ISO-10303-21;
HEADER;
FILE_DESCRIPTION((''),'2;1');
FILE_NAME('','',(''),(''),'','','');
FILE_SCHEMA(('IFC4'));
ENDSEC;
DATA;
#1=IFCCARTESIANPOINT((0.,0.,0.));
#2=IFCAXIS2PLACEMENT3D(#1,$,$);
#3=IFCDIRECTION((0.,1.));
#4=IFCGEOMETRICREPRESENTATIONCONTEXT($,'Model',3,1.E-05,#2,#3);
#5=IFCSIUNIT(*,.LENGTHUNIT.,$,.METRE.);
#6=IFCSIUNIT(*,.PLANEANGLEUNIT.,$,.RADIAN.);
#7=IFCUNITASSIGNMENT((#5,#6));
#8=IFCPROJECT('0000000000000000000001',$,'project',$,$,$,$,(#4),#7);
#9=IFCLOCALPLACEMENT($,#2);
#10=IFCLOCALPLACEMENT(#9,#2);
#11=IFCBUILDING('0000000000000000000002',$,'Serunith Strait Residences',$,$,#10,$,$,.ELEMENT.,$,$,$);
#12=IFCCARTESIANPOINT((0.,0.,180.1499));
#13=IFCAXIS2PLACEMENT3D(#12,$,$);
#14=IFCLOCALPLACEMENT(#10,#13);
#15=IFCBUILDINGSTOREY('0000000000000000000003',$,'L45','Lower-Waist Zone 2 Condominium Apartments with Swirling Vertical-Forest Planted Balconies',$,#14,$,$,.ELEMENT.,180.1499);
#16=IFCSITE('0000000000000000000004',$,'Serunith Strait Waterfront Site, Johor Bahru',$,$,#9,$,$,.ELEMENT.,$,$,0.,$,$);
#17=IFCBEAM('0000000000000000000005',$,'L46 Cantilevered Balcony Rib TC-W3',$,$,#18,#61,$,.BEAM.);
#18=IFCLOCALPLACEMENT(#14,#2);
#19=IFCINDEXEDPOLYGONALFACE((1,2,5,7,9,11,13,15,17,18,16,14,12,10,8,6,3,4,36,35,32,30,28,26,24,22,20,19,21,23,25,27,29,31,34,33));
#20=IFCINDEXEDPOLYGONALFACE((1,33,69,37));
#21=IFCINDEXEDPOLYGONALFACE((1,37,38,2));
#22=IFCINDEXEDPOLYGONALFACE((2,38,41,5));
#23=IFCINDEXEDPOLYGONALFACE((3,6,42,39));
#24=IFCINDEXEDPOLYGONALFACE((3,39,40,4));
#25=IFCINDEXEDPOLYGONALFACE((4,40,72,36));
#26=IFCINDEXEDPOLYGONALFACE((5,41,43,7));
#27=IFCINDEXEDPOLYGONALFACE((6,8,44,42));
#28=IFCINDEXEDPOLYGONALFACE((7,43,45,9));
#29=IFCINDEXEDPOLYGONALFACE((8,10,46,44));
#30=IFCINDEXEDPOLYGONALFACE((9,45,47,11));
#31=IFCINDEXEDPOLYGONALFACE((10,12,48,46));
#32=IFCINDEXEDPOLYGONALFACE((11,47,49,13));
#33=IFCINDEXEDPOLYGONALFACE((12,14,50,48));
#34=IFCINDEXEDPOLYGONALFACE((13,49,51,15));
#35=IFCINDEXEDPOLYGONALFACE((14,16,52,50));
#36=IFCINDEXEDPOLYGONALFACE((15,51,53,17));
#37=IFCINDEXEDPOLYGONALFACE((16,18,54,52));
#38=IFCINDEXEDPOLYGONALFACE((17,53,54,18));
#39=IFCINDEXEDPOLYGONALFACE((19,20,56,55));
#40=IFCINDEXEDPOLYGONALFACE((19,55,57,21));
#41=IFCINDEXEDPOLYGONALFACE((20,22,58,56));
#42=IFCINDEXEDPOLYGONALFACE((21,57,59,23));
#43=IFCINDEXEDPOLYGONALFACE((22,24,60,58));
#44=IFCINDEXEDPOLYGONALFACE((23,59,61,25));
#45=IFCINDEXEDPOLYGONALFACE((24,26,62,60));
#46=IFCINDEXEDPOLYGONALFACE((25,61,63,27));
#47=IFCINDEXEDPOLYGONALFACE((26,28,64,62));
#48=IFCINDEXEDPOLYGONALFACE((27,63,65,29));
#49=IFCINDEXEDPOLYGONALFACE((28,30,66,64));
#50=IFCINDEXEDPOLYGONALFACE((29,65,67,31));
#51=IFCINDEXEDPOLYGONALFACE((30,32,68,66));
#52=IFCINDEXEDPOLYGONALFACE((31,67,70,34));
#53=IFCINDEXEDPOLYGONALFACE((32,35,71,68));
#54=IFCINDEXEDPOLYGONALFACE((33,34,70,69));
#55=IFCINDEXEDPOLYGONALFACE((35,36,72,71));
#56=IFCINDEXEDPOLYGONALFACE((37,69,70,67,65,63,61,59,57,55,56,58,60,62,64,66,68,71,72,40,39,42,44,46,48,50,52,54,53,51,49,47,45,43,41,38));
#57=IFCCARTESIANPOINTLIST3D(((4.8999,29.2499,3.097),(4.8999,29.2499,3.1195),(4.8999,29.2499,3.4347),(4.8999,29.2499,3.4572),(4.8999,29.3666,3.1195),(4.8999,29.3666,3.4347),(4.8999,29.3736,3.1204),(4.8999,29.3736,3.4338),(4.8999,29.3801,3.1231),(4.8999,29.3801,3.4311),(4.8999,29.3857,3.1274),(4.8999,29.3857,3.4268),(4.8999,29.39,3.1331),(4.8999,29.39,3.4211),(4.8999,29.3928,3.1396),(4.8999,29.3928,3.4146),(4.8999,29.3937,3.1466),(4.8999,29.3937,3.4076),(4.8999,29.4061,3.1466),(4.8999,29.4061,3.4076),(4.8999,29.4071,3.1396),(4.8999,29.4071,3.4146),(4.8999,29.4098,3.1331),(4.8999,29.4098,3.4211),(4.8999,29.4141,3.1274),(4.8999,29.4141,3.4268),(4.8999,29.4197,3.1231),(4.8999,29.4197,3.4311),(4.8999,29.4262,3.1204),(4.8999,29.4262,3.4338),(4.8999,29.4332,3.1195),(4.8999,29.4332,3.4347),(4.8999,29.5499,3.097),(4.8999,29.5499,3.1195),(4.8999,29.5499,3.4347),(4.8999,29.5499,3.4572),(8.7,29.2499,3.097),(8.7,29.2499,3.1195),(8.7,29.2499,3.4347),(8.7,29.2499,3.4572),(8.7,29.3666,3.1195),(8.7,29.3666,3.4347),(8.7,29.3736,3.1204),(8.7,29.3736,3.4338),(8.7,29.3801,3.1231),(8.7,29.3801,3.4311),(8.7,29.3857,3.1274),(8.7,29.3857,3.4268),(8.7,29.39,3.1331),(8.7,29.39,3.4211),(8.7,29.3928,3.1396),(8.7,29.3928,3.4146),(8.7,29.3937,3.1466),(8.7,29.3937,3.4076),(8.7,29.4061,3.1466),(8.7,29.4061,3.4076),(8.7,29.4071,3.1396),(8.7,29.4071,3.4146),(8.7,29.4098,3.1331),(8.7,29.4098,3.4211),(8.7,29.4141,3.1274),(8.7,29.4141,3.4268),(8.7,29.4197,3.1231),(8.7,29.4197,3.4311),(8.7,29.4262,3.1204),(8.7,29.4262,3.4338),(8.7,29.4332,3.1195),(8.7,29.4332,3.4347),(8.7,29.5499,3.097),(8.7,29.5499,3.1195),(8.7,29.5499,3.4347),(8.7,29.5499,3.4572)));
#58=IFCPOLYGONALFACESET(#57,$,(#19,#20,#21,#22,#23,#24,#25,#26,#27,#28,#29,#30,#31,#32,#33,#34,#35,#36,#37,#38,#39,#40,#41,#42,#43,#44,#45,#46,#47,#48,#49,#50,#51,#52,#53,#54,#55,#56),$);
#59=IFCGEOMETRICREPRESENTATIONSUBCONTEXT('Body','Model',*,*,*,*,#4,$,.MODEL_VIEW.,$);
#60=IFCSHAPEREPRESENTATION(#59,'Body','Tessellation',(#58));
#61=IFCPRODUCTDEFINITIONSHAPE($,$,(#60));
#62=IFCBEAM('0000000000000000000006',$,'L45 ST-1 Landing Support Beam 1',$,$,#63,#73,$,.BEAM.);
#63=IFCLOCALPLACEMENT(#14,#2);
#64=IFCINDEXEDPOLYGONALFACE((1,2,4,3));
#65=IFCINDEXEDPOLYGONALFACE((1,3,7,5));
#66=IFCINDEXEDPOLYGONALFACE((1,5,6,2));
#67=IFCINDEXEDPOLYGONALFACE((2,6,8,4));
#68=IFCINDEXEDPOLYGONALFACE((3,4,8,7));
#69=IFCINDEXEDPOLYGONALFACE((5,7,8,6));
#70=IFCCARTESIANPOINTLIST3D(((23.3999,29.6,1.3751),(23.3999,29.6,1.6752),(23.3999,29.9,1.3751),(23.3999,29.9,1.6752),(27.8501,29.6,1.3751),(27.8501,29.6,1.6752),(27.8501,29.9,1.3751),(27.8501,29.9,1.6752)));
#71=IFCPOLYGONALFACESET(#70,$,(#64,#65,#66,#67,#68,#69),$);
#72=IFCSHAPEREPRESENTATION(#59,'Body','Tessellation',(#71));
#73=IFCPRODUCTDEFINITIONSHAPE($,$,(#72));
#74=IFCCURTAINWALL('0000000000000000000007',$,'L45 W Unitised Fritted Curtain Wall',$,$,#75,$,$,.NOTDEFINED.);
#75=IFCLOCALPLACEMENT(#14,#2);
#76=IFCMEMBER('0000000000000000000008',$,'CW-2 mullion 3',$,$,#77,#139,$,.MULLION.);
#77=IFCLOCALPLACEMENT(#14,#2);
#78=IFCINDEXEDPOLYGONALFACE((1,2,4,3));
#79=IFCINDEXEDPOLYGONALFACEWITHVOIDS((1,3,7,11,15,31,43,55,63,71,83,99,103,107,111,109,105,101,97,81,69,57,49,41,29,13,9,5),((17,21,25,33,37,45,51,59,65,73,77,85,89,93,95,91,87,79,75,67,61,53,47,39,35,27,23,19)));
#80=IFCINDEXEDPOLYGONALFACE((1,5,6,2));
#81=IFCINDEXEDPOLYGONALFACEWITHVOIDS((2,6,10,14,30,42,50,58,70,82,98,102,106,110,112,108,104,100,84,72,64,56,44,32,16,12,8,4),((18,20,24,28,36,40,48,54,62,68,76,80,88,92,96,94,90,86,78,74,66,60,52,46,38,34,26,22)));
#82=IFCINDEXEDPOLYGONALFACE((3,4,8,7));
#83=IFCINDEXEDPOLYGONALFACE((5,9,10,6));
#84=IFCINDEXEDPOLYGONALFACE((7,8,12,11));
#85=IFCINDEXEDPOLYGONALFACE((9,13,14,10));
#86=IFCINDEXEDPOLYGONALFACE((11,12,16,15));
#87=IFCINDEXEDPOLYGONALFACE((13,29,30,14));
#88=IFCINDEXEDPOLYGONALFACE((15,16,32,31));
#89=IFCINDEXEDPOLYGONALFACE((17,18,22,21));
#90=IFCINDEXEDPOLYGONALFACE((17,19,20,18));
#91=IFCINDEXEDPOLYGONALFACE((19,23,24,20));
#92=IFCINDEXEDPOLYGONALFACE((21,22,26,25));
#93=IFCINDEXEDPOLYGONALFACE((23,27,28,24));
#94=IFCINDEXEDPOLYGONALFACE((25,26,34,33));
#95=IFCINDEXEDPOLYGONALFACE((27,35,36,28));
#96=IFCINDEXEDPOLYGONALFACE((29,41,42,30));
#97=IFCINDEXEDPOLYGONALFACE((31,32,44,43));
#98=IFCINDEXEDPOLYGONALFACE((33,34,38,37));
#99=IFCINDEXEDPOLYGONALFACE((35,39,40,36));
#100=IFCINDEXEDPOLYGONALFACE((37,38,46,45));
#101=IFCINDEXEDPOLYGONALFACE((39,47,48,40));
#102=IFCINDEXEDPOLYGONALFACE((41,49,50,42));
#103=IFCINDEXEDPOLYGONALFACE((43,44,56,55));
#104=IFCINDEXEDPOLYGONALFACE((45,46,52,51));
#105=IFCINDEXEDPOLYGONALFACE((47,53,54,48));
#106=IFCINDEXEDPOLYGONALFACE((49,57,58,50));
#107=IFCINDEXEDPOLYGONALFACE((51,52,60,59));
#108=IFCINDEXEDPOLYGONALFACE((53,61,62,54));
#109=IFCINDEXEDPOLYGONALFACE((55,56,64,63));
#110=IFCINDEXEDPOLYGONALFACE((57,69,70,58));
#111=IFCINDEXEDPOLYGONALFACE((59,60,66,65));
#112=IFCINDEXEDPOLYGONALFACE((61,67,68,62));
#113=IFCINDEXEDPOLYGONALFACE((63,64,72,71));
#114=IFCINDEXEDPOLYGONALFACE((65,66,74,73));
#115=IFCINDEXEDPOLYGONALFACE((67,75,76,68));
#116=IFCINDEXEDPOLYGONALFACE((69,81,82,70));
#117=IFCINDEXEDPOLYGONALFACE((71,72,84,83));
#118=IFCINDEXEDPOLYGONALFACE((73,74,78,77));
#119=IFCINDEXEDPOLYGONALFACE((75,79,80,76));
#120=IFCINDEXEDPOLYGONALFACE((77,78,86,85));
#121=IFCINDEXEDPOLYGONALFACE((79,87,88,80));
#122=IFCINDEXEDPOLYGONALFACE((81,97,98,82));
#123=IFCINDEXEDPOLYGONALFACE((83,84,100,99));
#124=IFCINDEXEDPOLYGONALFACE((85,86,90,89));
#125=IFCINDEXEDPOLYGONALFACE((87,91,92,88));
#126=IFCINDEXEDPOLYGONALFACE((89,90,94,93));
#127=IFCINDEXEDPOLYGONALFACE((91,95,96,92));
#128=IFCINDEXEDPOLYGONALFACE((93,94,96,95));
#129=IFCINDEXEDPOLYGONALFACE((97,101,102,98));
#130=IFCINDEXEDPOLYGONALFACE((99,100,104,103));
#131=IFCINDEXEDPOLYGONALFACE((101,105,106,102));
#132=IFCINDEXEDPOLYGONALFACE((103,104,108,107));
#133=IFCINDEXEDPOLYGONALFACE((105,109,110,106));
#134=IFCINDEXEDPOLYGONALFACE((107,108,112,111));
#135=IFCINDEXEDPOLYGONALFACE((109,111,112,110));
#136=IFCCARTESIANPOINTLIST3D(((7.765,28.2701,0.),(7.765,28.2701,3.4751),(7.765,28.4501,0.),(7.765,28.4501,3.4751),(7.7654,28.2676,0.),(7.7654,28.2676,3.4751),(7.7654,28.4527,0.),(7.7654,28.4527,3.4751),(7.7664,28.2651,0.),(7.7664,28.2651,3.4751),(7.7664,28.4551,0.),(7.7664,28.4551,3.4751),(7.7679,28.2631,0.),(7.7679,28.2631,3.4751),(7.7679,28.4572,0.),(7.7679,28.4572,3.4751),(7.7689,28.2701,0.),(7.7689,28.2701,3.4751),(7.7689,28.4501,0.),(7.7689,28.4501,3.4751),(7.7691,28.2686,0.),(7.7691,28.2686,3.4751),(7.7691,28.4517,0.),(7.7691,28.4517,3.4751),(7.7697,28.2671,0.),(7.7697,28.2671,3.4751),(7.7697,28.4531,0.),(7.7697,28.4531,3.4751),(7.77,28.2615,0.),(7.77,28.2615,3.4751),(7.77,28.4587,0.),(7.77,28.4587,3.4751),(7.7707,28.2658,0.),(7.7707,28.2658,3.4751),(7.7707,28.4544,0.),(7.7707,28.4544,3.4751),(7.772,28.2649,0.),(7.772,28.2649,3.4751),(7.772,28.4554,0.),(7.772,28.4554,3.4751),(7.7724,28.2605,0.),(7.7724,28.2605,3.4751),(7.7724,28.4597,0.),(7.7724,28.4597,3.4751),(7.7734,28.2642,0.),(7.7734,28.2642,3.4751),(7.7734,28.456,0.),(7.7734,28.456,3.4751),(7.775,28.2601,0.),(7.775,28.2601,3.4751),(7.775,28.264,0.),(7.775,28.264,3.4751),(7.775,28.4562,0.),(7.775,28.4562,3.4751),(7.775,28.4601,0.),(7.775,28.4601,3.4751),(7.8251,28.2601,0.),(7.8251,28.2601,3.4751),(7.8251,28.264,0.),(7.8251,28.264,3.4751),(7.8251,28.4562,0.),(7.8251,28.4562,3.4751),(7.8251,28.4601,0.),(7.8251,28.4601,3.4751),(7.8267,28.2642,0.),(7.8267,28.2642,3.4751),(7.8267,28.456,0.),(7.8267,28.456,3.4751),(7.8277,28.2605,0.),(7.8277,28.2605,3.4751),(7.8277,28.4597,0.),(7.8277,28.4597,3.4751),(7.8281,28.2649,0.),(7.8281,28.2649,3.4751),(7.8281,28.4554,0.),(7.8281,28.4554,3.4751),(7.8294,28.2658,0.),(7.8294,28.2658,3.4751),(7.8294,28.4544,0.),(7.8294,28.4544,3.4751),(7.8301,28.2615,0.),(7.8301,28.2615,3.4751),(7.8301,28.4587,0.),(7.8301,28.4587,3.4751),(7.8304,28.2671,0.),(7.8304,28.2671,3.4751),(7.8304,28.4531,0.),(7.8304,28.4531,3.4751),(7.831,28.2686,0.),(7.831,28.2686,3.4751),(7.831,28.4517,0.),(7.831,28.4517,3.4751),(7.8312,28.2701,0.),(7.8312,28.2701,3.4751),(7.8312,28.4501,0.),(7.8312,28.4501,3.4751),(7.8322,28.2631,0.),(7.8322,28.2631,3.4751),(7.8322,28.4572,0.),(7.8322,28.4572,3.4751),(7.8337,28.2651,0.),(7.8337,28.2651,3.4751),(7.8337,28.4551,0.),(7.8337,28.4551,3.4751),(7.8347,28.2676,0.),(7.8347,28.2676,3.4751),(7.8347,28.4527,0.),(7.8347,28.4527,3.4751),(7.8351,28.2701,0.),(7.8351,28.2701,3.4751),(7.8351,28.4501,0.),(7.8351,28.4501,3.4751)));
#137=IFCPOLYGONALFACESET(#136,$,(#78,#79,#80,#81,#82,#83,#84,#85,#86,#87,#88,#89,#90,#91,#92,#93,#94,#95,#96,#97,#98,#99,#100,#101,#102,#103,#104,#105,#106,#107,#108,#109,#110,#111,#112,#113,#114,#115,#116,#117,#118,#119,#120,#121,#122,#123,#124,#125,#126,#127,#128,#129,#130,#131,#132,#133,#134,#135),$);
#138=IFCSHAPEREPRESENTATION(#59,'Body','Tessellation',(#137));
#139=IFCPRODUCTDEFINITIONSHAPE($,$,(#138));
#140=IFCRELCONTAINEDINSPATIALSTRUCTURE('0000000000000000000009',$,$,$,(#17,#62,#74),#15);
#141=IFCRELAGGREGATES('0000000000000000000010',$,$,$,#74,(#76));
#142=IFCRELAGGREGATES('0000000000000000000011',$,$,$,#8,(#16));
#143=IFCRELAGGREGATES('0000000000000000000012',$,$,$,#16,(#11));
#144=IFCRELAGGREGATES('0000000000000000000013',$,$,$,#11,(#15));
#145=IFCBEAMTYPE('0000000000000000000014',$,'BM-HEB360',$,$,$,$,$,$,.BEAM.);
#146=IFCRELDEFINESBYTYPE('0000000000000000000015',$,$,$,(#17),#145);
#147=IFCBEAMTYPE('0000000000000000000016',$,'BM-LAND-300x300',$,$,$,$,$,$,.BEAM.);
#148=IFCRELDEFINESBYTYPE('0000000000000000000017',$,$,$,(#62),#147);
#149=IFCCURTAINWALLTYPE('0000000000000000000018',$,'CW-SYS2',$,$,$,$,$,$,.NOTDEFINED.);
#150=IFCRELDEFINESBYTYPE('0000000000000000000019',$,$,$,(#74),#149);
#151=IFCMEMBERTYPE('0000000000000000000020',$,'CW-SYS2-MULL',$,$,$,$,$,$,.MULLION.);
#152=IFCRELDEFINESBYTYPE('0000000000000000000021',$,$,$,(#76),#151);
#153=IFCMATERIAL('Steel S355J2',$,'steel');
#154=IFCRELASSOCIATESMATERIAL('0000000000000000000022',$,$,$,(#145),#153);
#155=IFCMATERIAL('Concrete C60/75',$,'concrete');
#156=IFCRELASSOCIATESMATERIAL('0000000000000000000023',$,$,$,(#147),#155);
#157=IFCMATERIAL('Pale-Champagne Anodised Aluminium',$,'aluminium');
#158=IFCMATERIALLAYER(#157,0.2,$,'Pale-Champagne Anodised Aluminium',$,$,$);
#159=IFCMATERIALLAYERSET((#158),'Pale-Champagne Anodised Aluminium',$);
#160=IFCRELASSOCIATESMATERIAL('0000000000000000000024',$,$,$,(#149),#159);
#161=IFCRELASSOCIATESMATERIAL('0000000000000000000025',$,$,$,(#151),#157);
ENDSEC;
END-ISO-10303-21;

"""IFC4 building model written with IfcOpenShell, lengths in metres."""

from ifc_helpers import new_model, si_unit, direction, frame, origin, origin_2d, place, context, subcontext, project, spatial, rectangle, hollow_rectangle, i_section, extrude, source, transform, mapped, material, layer, layer_set, material_profile, profile_set, type_object, element, aggregate, save


model = new_model("IFC4")

# Units and contexts
model_context = context("Model", 3, precision=1e-05, world=origin(), true_north=direction((0.0, 1.0)))
body_context = subcontext(model_context, "Body", "Model", "MODEL_VIEW")
ifc_project = project(units=[si_unit("LENGTHUNIT", "METRE"), si_unit("PLANEANGLEUNIT", "RADIAN")], contexts=[model_context])

# Site, building, storey
site_placement = place(None, origin())
site = spatial("IfcSite", under=ifc_project, at=site_placement, Name="Serunith Strait Waterfront Site, Johor Bahru", CompositionType="ELEMENT", RefElevation=0.0)
building_placement = place(site_placement, origin())
building = spatial("IfcBuilding", under=site, at=building_placement, Name="Serunith Strait Residences", CompositionType="ELEMENT")
storey_placement = place(building_placement, frame((0.0, 0.0, 180.1499)))
storey = spatial("IfcBuildingStorey", under=building, at=storey_placement, Name="L45", Description="Lower-Waist Zone 2 Condominium Apartments with Swirling Vertical-Forest Planted Balconies", CompositionType="ELEMENT", Elevation=180.1499)

# Beams
ifc_material_1 = material(Name="Steel S355J2", Category="steel")
ifc_material_profile_1 = material_profile(ifc_material_1, i_section(OverallWidth=0.3, OverallDepth=0.3601, WebThickness=0.0125, FlangeThickness=0.0225, FilletRadius=0.0271, at=origin_2d()), Name="HEB 360")
ifc_profile_set_1 = profile_set([ifc_material_profile_1], Name="Steel S355J2")
beam_type_1 = type_object("IfcBeamType", Name="BM-HEB360", PredefinedType="BEAM", material=ifc_profile_set_1)
shared_shape_1 = source(origin(), body_context, "Body", "SweptSolid", [
    extrude(i_section(OverallWidth=0.3, OverallDepth=0.3601, WebThickness=0.0125, FlangeThickness=0.0225, FilletRadius=0.0271, at=origin_2d()), origin(), (0.0, 0.0, 1.0), 3.8),
])
beam_1_placement = place(storey_placement, frame((8.7, 29.3999, 3.2771), z_axis=(-1.0, 0.0, 0.0), x_axis=(0.0, -1.0, 0.0)))
element("IfcBeam", 1, at=beam_1_placement, inside=storey, type_object=beam_type_1, Name="L46 Cantilevered Balcony Rib TC-W3", PredefinedType="BEAM", context=body_context, shape_type="MappedRepresentation", body=[
    mapped(shared_shape_1, transform((0.0, 0.0, 0.0), scale=1.0)),
])
ifc_material_2 = material(Name="Concrete C60/75", Category="concrete")
ifc_material_profile_2 = material_profile(ifc_material_2, rectangle(XDim=0.3, YDim=0.3, at=origin_2d()), Name="RC 300x300")
ifc_profile_set_2 = profile_set([ifc_material_profile_2], Name="Concrete C60/75")
beam_type_2 = type_object("IfcBeamType", Name="BM-LAND-300x300", PredefinedType="BEAM", material=ifc_profile_set_2)
shared_shape_2 = source(origin(), body_context, "Body", "SweptSolid", [
    extrude(rectangle(XDim=0.3, YDim=0.3, at=origin_2d()), origin(), (0.0, 0.0, 1.0), 4.4502),
])
beam_2_placement = place(storey_placement, frame((23.3999, 29.75, 1.5251), z_axis=(1.0, 0.0, 0.0), x_axis=(0.0, 1.0, 0.0)))
element("IfcBeam", 2, at=beam_2_placement, inside=storey, type_object=beam_type_2, Name="L45 ST-1 Landing Support Beam 1", PredefinedType="BEAM", context=body_context, shape_type="MappedRepresentation", body=[
    mapped(shared_shape_2, transform((0.0, 0.0, 0.0), scale=1.0)),
])

# Curtain wall, member
ifc_material_3 = material(Name="Pale-Champagne Anodised Aluminium", Category="aluminium")
ifc_layer_1 = layer(ifc_material_3, 0.2, Name="Pale-Champagne Anodised Aluminium")
ifc_layer_set_1 = layer_set([ifc_layer_1], Name="Pale-Champagne Anodised Aluminium")
curtain_wall_type = type_object("IfcCurtainWallType", Name="CW-SYS2", PredefinedType="NOTDEFINED", material=ifc_layer_set_1)
curtain_wall_placement = place(storey_placement, origin())
curtain_wall = element("IfcCurtainWall", 3, at=curtain_wall_placement, inside=storey, type_object=curtain_wall_type, Name="L45 W Unitised Fritted Curtain Wall", PredefinedType="NOTDEFINED")
ifc_material_profile_3 = material_profile(ifc_material_3, hollow_rectangle(XDim=0.0701, YDim=0.2, WallThickness=0.0039, InnerFilletRadius=0.0061, OuterFilletRadius=0.01, at=origin_2d()), Name="ALU 200x70x4")
ifc_profile_set_3 = profile_set([ifc_material_profile_3], Name="Pale-Champagne Anodised Aluminium")
member_type_1 = type_object("IfcMemberType", Name="CW-SYS2-MULL", PredefinedType="MULLION", material=ifc_profile_set_3)
shared_shape_3 = source(origin(), body_context, "Body", "SweptSolid", [
    extrude(hollow_rectangle(XDim=0.0701, YDim=0.2, WallThickness=0.0039, InnerFilletRadius=0.0061, OuterFilletRadius=0.01, at=origin_2d()), origin(), (0.0, 0.0, 1.0), 3.4751),
])
member_1_placement = place(storey_placement, frame((7.8, 28.3601, 0.0), z_axis=(0.0, 0.0, 1.0), x_axis=(1.0, 0.0, 0.0)))
member_1 = element("IfcMember", 4, at=member_1_placement, type_object=member_type_1, Name="CW-2 mullion 3", PredefinedType="MULLION", context=body_context, shape_type="MappedRepresentation", body=[
    mapped(shared_shape_3, transform((0.0, 0.0, 0.0), scale=1.0)),
])
aggregate(curtain_wall, [member_1])

save(model, "model.ifc")
